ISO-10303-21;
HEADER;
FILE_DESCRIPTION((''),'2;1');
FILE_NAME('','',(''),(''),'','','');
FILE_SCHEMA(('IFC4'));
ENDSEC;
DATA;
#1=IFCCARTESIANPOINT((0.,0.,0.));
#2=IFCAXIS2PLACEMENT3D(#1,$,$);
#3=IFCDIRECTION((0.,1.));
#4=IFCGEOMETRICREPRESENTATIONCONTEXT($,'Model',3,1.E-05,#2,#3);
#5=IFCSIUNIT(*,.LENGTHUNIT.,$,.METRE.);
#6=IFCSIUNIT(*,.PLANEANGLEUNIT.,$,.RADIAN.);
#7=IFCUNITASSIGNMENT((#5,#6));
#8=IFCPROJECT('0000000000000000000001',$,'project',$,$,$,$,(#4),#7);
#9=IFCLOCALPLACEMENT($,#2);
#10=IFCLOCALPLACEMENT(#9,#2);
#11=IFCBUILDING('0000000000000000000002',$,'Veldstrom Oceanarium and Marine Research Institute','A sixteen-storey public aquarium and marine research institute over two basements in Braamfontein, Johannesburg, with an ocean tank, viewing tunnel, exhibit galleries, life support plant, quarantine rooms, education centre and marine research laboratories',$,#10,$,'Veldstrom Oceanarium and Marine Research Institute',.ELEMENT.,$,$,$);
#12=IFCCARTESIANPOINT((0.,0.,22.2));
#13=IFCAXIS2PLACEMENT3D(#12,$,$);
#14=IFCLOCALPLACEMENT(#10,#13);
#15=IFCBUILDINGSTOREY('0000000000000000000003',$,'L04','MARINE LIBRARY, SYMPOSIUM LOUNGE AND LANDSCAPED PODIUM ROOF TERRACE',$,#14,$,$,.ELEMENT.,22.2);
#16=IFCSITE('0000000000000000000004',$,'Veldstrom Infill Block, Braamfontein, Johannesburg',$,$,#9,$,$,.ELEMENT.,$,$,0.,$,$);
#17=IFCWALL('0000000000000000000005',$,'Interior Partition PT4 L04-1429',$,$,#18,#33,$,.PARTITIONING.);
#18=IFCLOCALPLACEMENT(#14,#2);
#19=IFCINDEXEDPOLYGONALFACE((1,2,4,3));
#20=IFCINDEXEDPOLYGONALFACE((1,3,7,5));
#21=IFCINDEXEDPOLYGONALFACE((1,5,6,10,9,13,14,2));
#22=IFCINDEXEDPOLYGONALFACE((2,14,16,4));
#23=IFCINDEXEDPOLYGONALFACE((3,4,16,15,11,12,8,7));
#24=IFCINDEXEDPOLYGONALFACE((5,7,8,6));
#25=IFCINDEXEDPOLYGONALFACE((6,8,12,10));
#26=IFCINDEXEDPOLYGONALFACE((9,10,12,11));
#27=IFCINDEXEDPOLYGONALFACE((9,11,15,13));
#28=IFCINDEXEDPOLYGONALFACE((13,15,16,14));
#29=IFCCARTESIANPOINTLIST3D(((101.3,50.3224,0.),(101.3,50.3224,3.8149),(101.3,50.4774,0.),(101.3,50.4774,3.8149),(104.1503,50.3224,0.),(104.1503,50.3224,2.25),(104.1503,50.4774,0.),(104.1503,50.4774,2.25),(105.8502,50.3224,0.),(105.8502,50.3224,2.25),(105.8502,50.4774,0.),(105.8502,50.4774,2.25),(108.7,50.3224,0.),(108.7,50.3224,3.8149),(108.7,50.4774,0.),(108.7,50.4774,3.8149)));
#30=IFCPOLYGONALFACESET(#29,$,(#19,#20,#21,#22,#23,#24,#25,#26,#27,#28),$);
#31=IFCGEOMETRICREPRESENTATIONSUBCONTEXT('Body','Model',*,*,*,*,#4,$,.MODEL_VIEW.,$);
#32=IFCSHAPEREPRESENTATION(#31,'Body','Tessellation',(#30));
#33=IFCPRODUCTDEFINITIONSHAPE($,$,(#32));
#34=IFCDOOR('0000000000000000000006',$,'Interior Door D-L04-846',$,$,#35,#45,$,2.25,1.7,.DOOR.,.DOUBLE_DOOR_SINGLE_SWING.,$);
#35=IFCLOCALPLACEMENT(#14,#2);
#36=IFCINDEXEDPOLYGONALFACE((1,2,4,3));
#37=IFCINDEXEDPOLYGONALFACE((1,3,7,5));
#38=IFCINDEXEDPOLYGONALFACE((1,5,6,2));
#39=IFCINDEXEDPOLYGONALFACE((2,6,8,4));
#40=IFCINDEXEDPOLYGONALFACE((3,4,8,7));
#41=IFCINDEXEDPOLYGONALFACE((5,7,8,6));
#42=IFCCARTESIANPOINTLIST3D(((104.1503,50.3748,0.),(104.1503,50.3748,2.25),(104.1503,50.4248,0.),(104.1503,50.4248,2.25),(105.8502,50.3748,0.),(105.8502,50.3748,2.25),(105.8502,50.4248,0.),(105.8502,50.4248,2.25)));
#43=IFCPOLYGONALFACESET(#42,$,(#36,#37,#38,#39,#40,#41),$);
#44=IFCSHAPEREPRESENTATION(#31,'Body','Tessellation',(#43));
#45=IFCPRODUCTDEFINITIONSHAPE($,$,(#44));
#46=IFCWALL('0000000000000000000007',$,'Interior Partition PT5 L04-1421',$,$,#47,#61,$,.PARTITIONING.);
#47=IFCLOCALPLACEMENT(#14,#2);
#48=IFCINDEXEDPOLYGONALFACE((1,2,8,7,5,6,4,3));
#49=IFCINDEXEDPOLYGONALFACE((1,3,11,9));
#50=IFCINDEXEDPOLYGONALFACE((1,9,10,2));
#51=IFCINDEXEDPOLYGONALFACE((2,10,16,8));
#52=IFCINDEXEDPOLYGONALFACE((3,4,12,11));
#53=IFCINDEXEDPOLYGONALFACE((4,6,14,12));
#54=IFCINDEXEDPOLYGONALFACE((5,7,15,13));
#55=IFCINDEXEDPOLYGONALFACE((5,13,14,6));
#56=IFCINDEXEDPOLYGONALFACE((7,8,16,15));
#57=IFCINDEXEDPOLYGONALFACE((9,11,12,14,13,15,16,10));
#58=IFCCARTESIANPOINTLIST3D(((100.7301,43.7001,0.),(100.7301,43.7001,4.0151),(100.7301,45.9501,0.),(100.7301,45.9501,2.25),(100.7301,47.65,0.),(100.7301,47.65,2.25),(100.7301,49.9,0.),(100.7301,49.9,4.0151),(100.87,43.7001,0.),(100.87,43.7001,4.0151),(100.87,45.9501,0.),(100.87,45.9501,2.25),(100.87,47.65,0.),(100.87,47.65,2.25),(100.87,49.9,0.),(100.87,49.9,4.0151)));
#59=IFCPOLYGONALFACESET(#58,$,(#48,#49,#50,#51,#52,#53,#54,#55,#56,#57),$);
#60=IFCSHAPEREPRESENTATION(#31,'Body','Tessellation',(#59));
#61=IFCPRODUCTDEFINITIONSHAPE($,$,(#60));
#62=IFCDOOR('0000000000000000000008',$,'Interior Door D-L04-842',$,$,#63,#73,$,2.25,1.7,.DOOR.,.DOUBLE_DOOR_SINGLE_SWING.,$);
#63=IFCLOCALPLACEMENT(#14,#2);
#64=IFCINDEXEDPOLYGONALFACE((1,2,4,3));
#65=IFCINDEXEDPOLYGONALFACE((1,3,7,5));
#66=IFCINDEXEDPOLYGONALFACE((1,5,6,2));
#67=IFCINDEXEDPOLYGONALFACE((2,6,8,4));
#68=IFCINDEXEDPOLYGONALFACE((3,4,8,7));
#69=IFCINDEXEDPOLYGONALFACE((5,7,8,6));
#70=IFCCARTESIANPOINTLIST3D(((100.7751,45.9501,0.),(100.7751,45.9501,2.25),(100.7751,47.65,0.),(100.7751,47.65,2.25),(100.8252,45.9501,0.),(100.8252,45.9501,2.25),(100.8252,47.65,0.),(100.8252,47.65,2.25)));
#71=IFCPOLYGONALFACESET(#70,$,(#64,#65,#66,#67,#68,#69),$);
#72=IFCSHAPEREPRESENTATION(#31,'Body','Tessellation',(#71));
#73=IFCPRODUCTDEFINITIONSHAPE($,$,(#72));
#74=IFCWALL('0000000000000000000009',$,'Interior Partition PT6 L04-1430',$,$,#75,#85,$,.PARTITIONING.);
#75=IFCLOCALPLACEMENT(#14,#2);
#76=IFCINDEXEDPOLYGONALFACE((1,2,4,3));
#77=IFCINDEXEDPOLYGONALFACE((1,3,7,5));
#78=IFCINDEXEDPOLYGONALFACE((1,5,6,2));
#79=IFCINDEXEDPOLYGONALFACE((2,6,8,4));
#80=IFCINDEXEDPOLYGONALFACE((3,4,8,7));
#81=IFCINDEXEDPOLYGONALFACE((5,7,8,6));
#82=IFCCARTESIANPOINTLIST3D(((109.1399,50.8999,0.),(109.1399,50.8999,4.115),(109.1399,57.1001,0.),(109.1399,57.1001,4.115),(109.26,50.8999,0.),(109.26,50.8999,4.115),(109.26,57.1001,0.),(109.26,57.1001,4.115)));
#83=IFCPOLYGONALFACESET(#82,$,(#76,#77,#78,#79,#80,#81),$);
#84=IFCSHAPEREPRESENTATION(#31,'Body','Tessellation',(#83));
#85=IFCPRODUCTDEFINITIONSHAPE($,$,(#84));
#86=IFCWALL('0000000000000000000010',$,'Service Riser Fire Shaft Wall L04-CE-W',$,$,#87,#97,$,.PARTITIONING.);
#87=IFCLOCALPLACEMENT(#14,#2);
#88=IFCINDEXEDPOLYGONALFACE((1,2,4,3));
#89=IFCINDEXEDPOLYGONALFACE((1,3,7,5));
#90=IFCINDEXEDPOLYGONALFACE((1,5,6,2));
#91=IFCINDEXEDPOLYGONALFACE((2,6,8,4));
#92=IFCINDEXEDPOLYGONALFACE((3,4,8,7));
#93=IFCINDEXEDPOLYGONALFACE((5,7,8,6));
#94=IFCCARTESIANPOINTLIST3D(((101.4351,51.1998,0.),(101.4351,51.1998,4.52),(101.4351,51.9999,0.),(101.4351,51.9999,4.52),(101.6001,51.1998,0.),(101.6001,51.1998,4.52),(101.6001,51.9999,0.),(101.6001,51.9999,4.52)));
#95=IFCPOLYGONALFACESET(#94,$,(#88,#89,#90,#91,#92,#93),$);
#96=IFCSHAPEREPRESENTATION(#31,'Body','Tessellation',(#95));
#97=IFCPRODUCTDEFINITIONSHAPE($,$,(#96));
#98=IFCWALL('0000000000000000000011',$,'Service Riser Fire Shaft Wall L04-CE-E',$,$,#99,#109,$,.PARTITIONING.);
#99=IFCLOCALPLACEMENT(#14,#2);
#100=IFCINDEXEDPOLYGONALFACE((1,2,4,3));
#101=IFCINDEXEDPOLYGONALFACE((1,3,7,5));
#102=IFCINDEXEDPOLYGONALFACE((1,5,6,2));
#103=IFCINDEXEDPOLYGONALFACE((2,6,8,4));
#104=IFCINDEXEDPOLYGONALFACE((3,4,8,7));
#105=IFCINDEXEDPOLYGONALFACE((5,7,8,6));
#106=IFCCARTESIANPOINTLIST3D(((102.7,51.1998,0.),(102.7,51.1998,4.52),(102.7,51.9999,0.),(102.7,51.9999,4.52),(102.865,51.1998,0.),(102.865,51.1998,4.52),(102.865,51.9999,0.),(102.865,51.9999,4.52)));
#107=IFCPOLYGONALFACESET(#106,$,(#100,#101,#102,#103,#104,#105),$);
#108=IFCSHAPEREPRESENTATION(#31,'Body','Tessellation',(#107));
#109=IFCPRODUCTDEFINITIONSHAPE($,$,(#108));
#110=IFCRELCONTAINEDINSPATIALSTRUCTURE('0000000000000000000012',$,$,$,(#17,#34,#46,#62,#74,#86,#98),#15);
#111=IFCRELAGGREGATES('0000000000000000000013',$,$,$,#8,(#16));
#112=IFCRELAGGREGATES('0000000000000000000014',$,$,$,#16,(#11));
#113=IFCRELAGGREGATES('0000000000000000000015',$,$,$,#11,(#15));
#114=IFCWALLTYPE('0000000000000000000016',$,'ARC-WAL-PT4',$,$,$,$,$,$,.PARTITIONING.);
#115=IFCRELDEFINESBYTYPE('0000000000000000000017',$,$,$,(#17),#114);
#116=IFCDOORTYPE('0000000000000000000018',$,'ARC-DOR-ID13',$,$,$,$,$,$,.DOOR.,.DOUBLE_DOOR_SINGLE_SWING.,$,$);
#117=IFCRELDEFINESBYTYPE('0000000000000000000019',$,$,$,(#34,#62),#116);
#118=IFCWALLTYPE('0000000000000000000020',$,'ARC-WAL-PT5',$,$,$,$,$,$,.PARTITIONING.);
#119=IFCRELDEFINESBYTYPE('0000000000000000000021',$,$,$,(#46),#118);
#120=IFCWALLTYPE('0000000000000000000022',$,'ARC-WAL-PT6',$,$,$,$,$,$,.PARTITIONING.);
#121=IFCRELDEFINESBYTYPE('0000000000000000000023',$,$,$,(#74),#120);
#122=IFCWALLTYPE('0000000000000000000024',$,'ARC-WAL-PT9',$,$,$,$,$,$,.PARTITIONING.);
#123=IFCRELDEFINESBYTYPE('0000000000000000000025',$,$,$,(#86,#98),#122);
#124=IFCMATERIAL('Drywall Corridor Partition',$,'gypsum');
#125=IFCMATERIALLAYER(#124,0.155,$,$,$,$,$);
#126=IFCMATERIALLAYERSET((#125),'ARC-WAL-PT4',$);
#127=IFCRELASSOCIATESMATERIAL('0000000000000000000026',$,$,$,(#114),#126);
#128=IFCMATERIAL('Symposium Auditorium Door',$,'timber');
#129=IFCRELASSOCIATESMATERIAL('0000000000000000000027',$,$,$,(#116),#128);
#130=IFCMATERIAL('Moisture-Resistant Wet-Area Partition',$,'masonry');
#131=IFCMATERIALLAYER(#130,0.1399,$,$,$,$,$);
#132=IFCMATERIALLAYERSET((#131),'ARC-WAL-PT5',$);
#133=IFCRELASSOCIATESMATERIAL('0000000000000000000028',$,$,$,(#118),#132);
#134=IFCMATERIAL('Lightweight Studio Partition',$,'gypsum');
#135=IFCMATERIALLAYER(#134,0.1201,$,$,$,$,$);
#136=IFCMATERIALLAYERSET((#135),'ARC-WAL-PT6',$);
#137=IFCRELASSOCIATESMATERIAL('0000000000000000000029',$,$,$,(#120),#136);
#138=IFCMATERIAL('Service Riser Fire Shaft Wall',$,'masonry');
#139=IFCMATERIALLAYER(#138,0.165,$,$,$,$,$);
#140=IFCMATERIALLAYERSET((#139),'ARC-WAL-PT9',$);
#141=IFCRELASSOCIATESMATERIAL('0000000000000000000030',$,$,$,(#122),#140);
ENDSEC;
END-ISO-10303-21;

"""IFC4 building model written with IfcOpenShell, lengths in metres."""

from ifc_helpers import new_model, si_unit, direction, frame, frame_2d, origin, place, context, subcontext, project, spatial, rectangle, extrude, material, layer, layer_set, type_object, element, fill, save


model = new_model("IFC4")

# Units and contexts
model_context = context("Model", 3, precision=1e-05, world=origin(), true_north=direction((0.0, 1.0)))
body_context = subcontext(model_context, "Body", "Model", "MODEL_VIEW")
ifc_project = project(units=[si_unit("LENGTHUNIT", "METRE"), si_unit("PLANEANGLEUNIT", "RADIAN")], contexts=[model_context])

# Site, building, storey
site_placement = place(None, origin())
site = spatial("IfcSite", under=ifc_project, at=site_placement, Name="Veldstrom Infill Block, Braamfontein, Johannesburg", CompositionType="ELEMENT", RefElevation=0.0)
building_placement = place(site_placement, origin())
building = spatial("IfcBuilding", under=site, at=building_placement, Name="Veldstrom Oceanarium and Marine Research Institute", Description="A sixteen-storey public aquarium and marine research institute over two basements in Braamfontein, Johannesburg, with an ocean tank, viewing tunnel, exhibit galleries, life support plant, quarantine rooms, education centre and marine research laboratories", LongName="Veldstrom Oceanarium and Marine Research Institute", CompositionType="ELEMENT")
storey_placement = place(building_placement, frame((0.0, 0.0, 22.2)))
storey = spatial("IfcBuildingStorey", under=building, at=storey_placement, Name="L04", Description="MARINE LIBRARY, SYMPOSIUM LOUNGE AND LANDSCAPED PODIUM ROOF TERRACE", CompositionType="ELEMENT", Elevation=22.2)

# Walls, openings, doors
ifc_material_1 = material(Name="Drywall Corridor Partition", Category="gypsum")
ifc_layer_1 = layer(ifc_material_1, 0.155)
ifc_layer_set_1 = layer_set([ifc_layer_1], Name="ARC-WAL-PT4")
wall_type_1 = type_object("IfcWallType", Name="ARC-WAL-PT4", PredefinedType="PARTITIONING", material=ifc_layer_set_1)
wall_1_placement = place(storey_placement, frame((101.3, 50.3999, 0.0), z_axis=(0.0, 0.0, 1.0), x_axis=(1.0, 0.0, 0.0)))
wall_1 = element("IfcWall", 1, at=wall_1_placement, inside=storey, type_object=wall_type_1, Name="Interior Partition PT4 L04-1429", PredefinedType="PARTITIONING", context=body_context, shape_type="SweptSolid", body=[
    extrude(rectangle(XDim=7.3999, YDim=0.155, at=frame_2d((3.7, 0.0))), origin(), (0.0, 0.0, 1.0), 3.8149),
])
opening_1_placement = place(wall_1_placement, frame((2.8501, 0.0, 0.0)))
opening_1 = element("IfcOpeningElement", 2, at=opening_1_placement, cuts=wall_1, PredefinedType="OPENING", context=body_context, shape_type="SweptSolid", body=[
    extrude(rectangle(XDim=1.7, YDim=2.25, at=frame_2d((0.8501, 1.125))), frame((0.0, 0.0874, 0.0), z_axis=(0.0, -1.0, 0.0), x_axis=(1.0, 0.0, 0.0)), (0.0, 0.0, 1.0), 0.175),
])
ifc_material_2 = material(Name="Symposium Auditorium Door", Category="timber")
door_type_1 = type_object("IfcDoorType", Name="ARC-DOR-ID13", OperationType="DOUBLE_DOOR_SINGLE_SWING", PredefinedType="DOOR", material=ifc_material_2)
door_1_placement = place(opening_1_placement, origin())
door_1 = element("IfcDoor", 3, at=door_1_placement, inside=storey, type_object=door_type_1, Name="Interior Door D-L04-846", OperationType="DOUBLE_DOOR_SINGLE_SWING", OverallHeight=2.25, OverallWidth=1.7, PredefinedType="DOOR", context=body_context, shape_type="SweptSolid", body=[
    extrude(rectangle(XDim=1.7, YDim=2.25, at=frame_2d((0.8501, 1.125))), frame((0.0, 0.0249, 0.0), z_axis=(0.0, -1.0, 0.0), x_axis=(1.0, 0.0, 0.0)), (0.0, 0.0, 1.0), 0.05),
])
fill(opening_1, door_1)
ifc_material_3 = material(Name="Moisture-Resistant Wet-Area Partition", Category="masonry")
ifc_layer_2 = layer(ifc_material_3, 0.1399)
ifc_layer_set_2 = layer_set([ifc_layer_2], Name="ARC-WAL-PT5")
wall_type_2 = type_object("IfcWallType", Name="ARC-WAL-PT5", PredefinedType="PARTITIONING", material=ifc_layer_set_2)
wall_2_placement = place(storey_placement, frame((100.8, 43.7, 0.0), z_axis=(0.0, 0.0, 1.0), x_axis=(0.0, 1.0, 0.0)))
wall_2 = element("IfcWall", 4, at=wall_2_placement, inside=storey, type_object=wall_type_2, Name="Interior Partition PT5 L04-1421", PredefinedType="PARTITIONING", context=body_context, shape_type="SweptSolid", body=[
    extrude(rectangle(XDim=6.2, YDim=0.1399, at=frame_2d((3.1001, 0.0))), origin(), (0.0, 0.0, 1.0), 4.0151),
])
opening_2_placement = place(wall_2_placement, frame((2.25, 0.0, 0.0)))
opening_2 = element("IfcOpeningElement", 5, at=opening_2_placement, cuts=wall_2, PredefinedType="OPENING", context=body_context, shape_type="SweptSolid", body=[
    extrude(rectangle(XDim=1.7, YDim=2.25, at=frame_2d((0.8501, 1.125))), frame((0.0, 0.0798, 0.0), z_axis=(0.0, -1.0, 0.0), x_axis=(1.0, 0.0, 0.0)), (0.0, 0.0, 1.0), 0.1599),
])
door_2_placement = place(opening_2_placement, origin())
door_2 = element("IfcDoor", 6, at=door_2_placement, inside=storey, type_object=door_type_1, Name="Interior Door D-L04-842", OperationType="DOUBLE_DOOR_SINGLE_SWING", OverallHeight=2.25, OverallWidth=1.7, PredefinedType="DOOR", context=body_context, shape_type="SweptSolid", body=[
    extrude(rectangle(XDim=1.7, YDim=2.25, at=frame_2d((0.8501, 1.125))), frame((0.0, 0.0249, 0.0), z_axis=(0.0, -1.0, 0.0), x_axis=(1.0, 0.0, 0.0)), (0.0, 0.0, 1.0), 0.05),
])
fill(opening_2, door_2)

# Walls
ifc_material_4 = material(Name="Lightweight Studio Partition", Category="gypsum")
ifc_layer_3 = layer(ifc_material_4, 0.1201)
ifc_layer_set_3 = layer_set([ifc_layer_3], Name="ARC-WAL-PT6")
wall_type_3 = type_object("IfcWallType", Name="ARC-WAL-PT6", PredefinedType="PARTITIONING", material=ifc_layer_set_3)
wall_3_placement = place(storey_placement, frame((109.2, 50.8999, 0.0), z_axis=(0.0, 0.0, 1.0), x_axis=(0.0, 1.0, 0.0)))
element("IfcWall", 7, at=wall_3_placement, inside=storey, type_object=wall_type_3, Name="Interior Partition PT6 L04-1430", PredefinedType="PARTITIONING", context=body_context, shape_type="SweptSolid", body=[
    extrude(rectangle(XDim=6.2002, YDim=0.1201, at=frame_2d((3.1001, 0.0))), origin(), (0.0, 0.0, 1.0), 4.115),
])
ifc_material_5 = material(Name="Service Riser Fire Shaft Wall", Category="masonry")
ifc_layer_4 = layer(ifc_material_5, 0.165)
ifc_layer_set_4 = layer_set([ifc_layer_4], Name="ARC-WAL-PT9")
wall_type_4 = type_object("IfcWallType", Name="ARC-WAL-PT9", PredefinedType="PARTITIONING", material=ifc_layer_set_4)
for number, where, z_axis, x_axis, name in (
    (8, (101.5176, 51.2, 0.0), (0.0, 0.0, 1.0), (0.0, 1.0, 0.0), "Service Riser Fire Shaft Wall L04-CE-W"),
    (9, (102.7825, 51.2, 0.0), (0.0, 0.0, 1.0), (0.0, 1.0, 0.0), "Service Riser Fire Shaft Wall L04-CE-E"),
):
    element("IfcWall", number, at=place(storey_placement, frame(where, z_axis=z_axis, x_axis=x_axis)), inside=storey, type_object=wall_type_4, Name=name, PredefinedType="PARTITIONING", context=body_context, shape_type="SweptSolid", body=[
        extrude(rectangle(XDim=0.8, YDim=0.165, at=frame_2d((0.3999, 0.0))), origin(), (0.0, 0.0, 1.0), 4.52),
    ])

save(model, "model.ifc")
